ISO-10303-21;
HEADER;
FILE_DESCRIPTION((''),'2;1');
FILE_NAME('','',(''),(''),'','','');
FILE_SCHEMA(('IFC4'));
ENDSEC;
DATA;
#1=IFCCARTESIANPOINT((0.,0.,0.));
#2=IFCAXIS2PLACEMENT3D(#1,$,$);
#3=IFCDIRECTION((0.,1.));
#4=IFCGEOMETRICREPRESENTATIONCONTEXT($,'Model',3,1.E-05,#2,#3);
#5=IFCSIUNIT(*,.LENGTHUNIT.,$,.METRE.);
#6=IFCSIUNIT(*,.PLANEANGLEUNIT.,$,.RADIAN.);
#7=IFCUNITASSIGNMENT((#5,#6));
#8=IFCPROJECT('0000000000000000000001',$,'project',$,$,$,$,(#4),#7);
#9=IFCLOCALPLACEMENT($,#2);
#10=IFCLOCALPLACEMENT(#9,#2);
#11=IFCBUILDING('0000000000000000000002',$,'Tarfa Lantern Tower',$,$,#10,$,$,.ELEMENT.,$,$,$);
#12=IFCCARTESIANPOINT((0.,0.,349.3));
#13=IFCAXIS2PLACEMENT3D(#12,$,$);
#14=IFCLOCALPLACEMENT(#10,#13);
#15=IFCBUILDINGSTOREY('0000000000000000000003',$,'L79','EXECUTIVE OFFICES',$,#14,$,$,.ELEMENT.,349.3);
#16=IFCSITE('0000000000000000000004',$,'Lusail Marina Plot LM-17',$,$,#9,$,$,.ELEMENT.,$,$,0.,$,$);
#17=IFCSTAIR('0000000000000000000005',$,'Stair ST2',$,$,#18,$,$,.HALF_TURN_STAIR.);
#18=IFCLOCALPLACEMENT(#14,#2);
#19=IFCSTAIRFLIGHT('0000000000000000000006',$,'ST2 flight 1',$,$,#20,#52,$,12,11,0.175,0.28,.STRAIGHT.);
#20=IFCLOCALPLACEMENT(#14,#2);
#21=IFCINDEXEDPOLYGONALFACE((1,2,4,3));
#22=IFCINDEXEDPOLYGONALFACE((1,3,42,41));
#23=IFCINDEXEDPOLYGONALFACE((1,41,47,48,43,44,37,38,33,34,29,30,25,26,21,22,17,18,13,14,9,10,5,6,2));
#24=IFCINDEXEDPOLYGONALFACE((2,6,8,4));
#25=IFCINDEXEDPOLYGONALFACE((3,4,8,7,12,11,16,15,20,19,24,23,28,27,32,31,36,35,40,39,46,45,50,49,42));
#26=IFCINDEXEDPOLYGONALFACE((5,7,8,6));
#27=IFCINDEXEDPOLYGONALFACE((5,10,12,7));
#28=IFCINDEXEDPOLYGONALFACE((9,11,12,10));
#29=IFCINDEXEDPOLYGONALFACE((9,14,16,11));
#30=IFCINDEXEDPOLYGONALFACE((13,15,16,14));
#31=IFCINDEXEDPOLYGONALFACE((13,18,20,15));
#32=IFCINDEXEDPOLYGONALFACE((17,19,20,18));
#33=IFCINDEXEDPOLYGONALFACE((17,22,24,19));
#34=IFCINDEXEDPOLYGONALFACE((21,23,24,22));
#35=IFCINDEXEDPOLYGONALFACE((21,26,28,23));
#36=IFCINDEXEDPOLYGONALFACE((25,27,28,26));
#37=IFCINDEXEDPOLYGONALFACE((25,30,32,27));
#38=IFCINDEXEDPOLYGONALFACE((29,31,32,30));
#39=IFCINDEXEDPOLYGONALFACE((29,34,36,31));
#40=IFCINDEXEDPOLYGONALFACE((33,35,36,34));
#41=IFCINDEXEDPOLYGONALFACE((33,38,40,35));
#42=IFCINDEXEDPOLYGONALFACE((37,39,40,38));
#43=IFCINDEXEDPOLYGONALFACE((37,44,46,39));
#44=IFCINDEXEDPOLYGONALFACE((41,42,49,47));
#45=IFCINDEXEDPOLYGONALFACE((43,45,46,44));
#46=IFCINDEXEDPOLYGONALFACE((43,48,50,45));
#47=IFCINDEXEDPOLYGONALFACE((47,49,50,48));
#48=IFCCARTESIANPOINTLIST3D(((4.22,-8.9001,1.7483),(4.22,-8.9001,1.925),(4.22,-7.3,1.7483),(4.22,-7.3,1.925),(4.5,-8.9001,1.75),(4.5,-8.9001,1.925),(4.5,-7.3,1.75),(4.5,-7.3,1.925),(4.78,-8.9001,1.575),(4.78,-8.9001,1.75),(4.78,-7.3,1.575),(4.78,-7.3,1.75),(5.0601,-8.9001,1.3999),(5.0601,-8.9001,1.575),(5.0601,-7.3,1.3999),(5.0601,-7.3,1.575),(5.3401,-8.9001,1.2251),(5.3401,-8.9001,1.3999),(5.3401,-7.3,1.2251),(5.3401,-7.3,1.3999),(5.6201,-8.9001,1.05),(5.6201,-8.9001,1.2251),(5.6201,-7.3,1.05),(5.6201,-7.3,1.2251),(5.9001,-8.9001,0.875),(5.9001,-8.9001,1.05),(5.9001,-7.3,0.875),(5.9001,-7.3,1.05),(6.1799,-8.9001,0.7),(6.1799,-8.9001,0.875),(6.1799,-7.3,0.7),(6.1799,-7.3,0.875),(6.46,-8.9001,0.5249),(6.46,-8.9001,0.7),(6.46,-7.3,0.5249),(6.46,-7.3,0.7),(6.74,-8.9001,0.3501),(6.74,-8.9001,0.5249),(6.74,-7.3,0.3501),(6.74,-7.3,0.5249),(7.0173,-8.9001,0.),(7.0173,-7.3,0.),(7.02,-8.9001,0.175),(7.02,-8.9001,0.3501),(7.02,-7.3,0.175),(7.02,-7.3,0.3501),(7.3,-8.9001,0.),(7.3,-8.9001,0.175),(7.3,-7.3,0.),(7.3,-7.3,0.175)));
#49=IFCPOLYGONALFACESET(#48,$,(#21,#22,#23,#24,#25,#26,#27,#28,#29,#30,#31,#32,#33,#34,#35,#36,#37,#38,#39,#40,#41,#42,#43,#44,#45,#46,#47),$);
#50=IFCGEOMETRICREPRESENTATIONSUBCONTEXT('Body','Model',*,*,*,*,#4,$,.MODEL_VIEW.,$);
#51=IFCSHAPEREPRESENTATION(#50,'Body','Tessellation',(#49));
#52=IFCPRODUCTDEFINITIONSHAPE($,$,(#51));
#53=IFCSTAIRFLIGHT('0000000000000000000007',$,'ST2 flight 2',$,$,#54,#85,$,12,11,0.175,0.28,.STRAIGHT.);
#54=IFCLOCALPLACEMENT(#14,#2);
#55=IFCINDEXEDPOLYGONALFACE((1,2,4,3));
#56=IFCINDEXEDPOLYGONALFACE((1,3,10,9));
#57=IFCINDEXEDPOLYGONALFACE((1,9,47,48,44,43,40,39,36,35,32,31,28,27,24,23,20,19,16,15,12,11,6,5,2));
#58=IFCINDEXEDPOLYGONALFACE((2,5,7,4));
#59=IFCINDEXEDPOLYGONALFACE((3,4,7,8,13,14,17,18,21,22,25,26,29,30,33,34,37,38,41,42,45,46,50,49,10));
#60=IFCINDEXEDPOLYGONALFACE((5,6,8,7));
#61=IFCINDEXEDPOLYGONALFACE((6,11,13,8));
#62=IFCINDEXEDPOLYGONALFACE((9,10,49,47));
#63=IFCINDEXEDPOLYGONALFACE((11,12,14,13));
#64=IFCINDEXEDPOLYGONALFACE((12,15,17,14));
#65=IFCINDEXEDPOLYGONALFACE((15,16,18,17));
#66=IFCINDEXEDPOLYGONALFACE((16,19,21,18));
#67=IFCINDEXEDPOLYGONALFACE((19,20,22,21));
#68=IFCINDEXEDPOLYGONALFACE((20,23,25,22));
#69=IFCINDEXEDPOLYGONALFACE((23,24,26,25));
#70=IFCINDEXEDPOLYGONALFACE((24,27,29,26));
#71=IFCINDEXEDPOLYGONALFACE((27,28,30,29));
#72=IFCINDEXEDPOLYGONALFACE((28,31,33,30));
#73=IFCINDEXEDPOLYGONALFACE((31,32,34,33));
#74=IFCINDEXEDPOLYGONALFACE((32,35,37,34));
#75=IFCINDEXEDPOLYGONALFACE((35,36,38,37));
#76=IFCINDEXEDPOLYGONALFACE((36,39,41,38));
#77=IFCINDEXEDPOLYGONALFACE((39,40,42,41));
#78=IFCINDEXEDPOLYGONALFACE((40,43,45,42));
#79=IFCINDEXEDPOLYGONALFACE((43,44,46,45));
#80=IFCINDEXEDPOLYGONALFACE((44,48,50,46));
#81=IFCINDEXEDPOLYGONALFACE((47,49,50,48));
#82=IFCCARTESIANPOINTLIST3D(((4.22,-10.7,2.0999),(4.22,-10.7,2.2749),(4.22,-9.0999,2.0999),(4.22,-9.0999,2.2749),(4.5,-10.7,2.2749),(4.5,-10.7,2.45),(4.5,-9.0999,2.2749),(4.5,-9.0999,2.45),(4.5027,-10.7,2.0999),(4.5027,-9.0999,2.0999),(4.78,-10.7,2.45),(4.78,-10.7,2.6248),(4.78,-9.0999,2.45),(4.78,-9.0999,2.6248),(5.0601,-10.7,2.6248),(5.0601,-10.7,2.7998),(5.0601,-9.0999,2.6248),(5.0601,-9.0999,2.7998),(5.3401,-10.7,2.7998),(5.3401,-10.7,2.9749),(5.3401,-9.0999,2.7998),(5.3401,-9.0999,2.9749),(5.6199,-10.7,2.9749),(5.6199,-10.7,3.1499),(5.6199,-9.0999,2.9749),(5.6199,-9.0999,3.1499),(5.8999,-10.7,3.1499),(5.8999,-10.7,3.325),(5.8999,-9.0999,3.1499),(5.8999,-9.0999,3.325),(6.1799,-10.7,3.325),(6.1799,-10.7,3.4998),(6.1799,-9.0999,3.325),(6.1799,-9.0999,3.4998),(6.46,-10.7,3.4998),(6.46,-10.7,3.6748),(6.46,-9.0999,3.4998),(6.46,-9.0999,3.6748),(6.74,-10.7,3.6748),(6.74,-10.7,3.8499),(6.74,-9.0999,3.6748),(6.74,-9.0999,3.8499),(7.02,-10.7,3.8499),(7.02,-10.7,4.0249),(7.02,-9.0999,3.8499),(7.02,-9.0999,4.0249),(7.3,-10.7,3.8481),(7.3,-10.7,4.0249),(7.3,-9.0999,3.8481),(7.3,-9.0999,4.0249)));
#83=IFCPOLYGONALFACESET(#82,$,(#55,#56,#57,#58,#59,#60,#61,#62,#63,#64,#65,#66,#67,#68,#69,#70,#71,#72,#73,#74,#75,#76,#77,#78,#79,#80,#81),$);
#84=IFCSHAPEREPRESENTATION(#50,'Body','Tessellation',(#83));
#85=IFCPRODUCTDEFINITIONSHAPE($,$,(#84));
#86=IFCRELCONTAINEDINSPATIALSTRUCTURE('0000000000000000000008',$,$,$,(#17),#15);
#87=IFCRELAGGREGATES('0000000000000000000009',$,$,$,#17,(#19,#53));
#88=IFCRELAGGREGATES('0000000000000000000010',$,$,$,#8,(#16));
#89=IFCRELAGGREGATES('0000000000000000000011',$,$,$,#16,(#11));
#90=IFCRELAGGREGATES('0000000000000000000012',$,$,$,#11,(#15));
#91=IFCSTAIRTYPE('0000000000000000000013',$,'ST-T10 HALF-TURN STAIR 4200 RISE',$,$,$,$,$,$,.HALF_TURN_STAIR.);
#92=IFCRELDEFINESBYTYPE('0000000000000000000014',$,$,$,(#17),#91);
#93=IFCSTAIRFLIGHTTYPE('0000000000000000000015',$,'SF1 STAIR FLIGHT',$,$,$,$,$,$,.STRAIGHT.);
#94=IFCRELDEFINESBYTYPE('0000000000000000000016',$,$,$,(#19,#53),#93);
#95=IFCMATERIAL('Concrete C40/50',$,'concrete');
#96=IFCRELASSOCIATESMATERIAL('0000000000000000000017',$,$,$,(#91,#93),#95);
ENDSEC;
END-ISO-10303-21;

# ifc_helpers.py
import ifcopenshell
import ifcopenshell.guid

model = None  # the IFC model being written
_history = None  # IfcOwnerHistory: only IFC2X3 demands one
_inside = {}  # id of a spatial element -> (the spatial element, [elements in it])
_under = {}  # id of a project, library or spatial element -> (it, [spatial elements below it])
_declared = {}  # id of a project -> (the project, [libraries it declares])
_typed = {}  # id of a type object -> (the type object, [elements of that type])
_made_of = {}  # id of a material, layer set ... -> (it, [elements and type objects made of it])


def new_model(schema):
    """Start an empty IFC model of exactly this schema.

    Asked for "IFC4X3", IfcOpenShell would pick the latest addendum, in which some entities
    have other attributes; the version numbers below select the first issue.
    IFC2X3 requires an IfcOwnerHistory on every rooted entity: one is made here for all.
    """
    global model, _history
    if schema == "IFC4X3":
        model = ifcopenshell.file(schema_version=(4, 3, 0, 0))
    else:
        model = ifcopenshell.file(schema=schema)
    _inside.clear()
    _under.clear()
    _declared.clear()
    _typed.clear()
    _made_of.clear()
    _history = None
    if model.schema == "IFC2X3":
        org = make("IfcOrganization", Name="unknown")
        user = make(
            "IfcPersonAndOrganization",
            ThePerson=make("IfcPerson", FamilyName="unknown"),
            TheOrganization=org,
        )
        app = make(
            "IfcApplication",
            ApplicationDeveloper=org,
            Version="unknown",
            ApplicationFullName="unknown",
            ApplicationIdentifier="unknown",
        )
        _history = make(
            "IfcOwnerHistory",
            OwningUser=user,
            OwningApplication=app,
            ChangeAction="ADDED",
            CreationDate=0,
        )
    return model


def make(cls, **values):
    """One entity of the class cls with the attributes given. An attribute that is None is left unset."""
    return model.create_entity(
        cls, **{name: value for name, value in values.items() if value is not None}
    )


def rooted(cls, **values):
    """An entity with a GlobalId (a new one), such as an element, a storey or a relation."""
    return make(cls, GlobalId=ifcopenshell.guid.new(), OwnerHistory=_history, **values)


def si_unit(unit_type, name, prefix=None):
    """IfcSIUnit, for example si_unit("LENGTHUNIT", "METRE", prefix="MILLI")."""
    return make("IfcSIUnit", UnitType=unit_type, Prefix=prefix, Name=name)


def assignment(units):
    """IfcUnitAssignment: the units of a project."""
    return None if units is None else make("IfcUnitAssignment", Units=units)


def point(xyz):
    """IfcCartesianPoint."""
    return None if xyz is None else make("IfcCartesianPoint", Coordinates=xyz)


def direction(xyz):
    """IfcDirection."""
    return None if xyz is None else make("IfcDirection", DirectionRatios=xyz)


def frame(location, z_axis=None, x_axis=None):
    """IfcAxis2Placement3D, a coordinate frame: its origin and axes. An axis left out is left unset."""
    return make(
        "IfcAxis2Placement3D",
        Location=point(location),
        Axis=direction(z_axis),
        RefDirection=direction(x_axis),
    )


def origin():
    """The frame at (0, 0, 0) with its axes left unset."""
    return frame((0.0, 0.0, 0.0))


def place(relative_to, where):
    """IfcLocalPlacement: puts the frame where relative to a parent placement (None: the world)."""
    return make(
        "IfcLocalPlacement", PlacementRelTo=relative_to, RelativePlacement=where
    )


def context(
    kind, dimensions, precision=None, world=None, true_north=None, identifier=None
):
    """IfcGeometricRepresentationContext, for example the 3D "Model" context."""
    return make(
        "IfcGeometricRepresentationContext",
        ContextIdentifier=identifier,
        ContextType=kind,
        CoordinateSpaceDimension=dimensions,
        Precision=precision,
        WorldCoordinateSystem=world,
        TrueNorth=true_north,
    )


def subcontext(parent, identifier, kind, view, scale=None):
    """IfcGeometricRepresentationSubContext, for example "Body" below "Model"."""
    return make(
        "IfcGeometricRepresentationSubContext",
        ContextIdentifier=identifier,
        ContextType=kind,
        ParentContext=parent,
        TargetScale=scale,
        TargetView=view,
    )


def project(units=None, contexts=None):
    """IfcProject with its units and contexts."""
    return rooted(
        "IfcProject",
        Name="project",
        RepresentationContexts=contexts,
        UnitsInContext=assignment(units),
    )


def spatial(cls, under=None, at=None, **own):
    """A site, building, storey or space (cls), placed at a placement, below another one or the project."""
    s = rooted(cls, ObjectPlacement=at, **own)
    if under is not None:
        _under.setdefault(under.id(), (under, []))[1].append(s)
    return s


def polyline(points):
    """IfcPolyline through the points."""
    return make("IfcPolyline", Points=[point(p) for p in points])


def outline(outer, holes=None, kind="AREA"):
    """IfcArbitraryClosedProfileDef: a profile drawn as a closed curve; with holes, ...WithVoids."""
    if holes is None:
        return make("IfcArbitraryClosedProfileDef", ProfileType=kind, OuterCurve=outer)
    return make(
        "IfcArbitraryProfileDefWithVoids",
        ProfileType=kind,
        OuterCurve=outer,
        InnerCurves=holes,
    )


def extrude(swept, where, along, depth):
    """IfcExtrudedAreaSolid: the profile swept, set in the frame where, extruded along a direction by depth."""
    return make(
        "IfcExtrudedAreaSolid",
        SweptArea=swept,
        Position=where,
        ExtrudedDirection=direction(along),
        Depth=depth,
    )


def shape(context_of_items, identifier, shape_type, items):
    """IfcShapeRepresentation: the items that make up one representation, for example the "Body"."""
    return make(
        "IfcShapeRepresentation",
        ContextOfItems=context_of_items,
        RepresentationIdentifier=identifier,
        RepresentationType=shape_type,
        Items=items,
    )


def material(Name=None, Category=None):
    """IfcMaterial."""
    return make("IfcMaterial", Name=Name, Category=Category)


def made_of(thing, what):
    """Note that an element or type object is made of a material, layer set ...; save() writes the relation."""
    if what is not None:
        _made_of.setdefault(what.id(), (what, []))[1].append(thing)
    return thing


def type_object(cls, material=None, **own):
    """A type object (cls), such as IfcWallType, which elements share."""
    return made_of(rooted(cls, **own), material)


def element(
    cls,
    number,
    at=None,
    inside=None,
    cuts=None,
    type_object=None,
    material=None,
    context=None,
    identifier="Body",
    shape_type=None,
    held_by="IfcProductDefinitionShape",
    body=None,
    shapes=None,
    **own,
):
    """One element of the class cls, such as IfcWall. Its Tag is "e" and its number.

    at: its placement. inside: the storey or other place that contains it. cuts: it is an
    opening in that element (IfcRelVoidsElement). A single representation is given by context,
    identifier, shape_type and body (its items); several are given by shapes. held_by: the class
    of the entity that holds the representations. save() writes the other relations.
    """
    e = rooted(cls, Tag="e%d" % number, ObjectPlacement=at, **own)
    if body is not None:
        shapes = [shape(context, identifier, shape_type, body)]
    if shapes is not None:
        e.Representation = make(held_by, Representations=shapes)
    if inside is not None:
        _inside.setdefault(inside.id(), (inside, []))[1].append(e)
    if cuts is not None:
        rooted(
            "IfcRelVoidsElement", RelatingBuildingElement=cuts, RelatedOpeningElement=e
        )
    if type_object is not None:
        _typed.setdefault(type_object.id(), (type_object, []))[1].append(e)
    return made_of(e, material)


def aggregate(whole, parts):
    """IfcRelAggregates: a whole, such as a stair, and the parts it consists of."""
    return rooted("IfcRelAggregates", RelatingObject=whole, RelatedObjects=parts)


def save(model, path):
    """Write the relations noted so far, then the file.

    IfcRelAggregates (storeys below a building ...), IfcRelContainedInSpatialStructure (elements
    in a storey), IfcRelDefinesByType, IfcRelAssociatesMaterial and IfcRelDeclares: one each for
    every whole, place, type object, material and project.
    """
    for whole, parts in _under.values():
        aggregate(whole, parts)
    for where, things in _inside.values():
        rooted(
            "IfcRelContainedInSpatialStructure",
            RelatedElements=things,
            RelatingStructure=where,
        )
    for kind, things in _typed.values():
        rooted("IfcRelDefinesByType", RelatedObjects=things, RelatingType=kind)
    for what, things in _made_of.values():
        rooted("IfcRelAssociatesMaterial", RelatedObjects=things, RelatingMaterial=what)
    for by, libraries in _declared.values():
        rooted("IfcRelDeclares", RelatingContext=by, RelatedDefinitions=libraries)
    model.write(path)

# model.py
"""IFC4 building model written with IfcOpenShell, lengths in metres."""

from ifc_helpers import new_model, si_unit, direction, frame, origin, place, context, subcontext, project, spatial, polyline, outline, extrude, material, type_object, element, aggregate, save


model = new_model("IFC4")

# Units and contexts
model_context = context("Model", 3, precision=1e-05, world=origin(), true_north=direction((0.0, 1.0)))
body_context = subcontext(model_context, "Body", "Model", "MODEL_VIEW")
ifc_project = project(units=[si_unit("LENGTHUNIT", "METRE"), si_unit("PLANEANGLEUNIT", "RADIAN")], contexts=[model_context])

# Site, building, storey
site_placement = place(None, origin())
site = spatial("IfcSite", under=ifc_project, at=site_placement, Name="Lusail Marina Plot LM-17", CompositionType="ELEMENT", RefElevation=0.0)
building_placement = place(site_placement, origin())
building = spatial("IfcBuilding", under=site, at=building_placement, Name="Tarfa Lantern Tower", CompositionType="ELEMENT")
storey_placement = place(building_placement, frame((0.0, 0.0, 349.3)))
storey = spatial("IfcBuildingStorey", under=building, at=storey_placement, Name="L79", Description="EXECUTIVE OFFICES", CompositionType="ELEMENT", Elevation=349.3)

# Stair, stair flights
ifc_material_1 = material(Name="Concrete C40/50", Category="concrete")
stair_type = type_object("IfcStairType", Name="ST-T10 HALF-TURN STAIR 4200 RISE", PredefinedType="HALF_TURN_STAIR", material=ifc_material_1)
stair_placement = place(storey_placement, origin())
stair = element("IfcStair", 1, at=stair_placement, inside=storey, type_object=stair_type, Name="Stair ST2", PredefinedType="HALF_TURN_STAIR")
stair_flight_type = type_object("IfcStairFlightType", Name="SF1 STAIR FLIGHT", PredefinedType="STRAIGHT", material=ifc_material_1)
stair_flight_1_placement = place(storey_placement, frame((7.3, -8.1001, 0.0), z_axis=(0.0, 0.0, 1.0), x_axis=(-1.0, 0.0, 0.0)))
stair_flight_1 = element("IfcStairFlight", 2, at=stair_flight_1_placement, type_object=stair_flight_type, Name="ST2 flight 1", NumberOfRisers=12, NumberOfTreads=11, PredefinedType="STRAIGHT", RiserHeight=0.175, TreadLength=0.28, context=body_context, shape_type="SweptSolid", body=[
    extrude(outline(polyline([(0.0, 0.0), (0.0, 0.175), (0.28, 0.175), (0.28, 0.3501), (0.5601, 0.3501), (0.5601, 0.5249), (0.8401, 0.5249), (0.8401, 0.7), (1.1201, 0.7), (1.1201, 0.875), (1.3999, 0.875), (1.3999, 1.05), (1.6799, 1.05), (1.6799, 1.2251), (1.96, 1.2251), (1.96, 1.3999), (2.24, 1.3999), (2.24, 1.575), (2.52, 1.575), (2.52, 1.75), (2.8, 1.75), (2.8, 1.925), (3.0801, 1.925), (3.0801, 2.1001), (3.0801, 1.7483), (0.2827, 0.0), (0.0, 0.0)])), frame((0.0, 0.8, 0.0), z_axis=(0.0, -1.0, 0.0), x_axis=(1.0, 0.0, 0.0)), (0.0, 0.0, 1.0), 1.6001),
])
stair_flight_2_placement = place(storey_placement, frame((4.22, -9.8999, 2.0999), z_axis=(0.0, 0.0, 1.0), x_axis=(1.0, 0.0, 0.0)))
stair_flight_2 = element("IfcStairFlight", 3, at=stair_flight_2_placement, type_object=stair_flight_type, Name="ST2 flight 2", NumberOfRisers=12, NumberOfTreads=11, PredefinedType="STRAIGHT", RiserHeight=0.175, TreadLength=0.28, context=body_context, shape_type="SweptSolid", body=[
    extrude(outline(polyline([(0.0, 0.0), (0.0, 0.175), (0.28, 0.175), (0.28, 0.3501), (0.5601, 0.3501), (0.5601, 0.5249), (0.8401, 0.5249), (0.8401, 0.7), (1.1201, 0.7), (1.1201, 0.875), (1.3999, 0.875), (1.3999, 1.05), (1.6799, 1.05), (1.6799, 1.2251), (1.96, 1.2251), (1.96, 1.3999), (2.24, 1.3999), (2.24, 1.575), (2.52, 1.575), (2.52, 1.75), (2.8, 1.75), (2.8, 1.925), (3.0801, 1.925), (3.0801, 2.1001), (3.0801, 1.7483), (0.2827, 0.0), (0.0, 0.0)])), frame((0.0, 0.8, 0.0), z_axis=(0.0, -1.0, 0.0), x_axis=(1.0, 0.0, 0.0)), (0.0, 0.0, 1.0), 1.6001),
])
aggregate(stair, [stair_flight_1, stair_flight_2])

save(model, "model.ifc")
